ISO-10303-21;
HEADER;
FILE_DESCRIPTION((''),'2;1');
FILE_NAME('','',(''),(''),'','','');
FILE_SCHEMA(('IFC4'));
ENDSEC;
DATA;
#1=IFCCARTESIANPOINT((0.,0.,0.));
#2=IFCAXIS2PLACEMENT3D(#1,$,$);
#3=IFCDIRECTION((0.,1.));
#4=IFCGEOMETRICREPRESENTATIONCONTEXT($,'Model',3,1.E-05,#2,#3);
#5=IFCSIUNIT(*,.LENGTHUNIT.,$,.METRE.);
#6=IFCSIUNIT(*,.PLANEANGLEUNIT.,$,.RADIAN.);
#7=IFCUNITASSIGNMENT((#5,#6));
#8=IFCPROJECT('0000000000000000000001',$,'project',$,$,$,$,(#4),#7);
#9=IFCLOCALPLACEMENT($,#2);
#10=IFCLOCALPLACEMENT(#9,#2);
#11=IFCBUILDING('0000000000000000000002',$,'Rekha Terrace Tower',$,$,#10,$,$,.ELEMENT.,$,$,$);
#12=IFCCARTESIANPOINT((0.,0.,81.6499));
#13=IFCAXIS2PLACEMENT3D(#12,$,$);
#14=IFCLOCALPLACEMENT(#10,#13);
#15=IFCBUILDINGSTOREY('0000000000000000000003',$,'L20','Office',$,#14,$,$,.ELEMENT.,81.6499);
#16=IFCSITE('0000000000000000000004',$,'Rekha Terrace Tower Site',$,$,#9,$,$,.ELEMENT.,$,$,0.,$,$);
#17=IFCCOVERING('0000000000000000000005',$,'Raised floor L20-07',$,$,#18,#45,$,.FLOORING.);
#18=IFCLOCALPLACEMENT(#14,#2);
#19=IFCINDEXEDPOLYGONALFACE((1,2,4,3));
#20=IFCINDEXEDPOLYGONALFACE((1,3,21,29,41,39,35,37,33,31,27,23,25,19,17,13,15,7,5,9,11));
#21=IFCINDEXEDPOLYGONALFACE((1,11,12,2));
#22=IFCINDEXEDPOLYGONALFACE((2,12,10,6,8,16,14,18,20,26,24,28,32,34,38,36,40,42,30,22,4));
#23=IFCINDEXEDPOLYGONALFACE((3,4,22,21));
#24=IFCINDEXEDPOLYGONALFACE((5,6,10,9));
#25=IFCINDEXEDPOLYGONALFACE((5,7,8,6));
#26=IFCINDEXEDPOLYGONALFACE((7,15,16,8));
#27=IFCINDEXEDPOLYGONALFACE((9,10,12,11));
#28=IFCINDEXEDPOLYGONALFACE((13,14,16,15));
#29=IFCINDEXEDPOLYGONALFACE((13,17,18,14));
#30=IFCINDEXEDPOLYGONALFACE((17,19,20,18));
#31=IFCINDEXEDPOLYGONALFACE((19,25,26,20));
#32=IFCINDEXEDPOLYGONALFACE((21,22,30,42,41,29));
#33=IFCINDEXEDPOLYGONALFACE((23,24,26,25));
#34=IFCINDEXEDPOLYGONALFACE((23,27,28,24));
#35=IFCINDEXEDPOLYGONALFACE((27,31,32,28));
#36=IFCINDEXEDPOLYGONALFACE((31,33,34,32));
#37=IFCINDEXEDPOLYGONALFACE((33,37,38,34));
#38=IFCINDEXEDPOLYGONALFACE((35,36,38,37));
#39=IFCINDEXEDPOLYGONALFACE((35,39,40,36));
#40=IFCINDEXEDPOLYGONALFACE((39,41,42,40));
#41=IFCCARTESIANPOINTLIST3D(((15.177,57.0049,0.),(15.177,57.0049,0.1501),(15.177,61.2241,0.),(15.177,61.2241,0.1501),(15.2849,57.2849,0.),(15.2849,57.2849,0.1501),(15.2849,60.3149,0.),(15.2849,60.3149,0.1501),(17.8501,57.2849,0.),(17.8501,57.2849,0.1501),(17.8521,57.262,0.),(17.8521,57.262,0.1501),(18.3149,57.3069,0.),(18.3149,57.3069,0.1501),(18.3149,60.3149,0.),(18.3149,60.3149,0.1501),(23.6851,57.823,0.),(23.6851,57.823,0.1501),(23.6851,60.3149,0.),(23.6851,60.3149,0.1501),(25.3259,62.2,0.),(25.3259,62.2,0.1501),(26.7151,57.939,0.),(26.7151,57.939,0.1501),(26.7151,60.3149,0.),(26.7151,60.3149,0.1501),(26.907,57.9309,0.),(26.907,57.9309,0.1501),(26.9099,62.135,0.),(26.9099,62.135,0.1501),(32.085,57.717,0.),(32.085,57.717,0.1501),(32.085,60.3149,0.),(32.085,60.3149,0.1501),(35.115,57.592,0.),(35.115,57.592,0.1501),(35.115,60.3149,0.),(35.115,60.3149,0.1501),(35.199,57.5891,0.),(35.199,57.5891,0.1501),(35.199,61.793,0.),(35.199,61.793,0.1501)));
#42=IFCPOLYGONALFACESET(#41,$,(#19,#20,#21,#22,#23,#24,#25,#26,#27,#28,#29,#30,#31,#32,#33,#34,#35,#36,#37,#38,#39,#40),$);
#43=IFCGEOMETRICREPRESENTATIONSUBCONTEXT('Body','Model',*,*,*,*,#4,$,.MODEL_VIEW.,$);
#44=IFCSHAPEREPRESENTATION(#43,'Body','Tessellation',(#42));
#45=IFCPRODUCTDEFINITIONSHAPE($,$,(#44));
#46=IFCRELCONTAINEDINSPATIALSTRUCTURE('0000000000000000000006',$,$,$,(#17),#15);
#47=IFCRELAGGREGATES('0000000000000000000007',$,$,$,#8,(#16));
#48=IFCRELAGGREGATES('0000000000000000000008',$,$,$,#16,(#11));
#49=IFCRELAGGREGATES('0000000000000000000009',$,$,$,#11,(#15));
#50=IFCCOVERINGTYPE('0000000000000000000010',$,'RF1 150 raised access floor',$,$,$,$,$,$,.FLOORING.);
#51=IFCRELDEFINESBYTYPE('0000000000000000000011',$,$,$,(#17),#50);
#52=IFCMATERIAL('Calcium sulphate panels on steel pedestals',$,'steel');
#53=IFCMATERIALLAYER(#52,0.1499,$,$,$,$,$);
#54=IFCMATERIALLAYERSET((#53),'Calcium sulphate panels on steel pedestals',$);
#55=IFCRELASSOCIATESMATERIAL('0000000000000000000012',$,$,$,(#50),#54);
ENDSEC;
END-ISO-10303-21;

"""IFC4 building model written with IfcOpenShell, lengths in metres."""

from ifc_helpers import new_model, si_unit, direction, frame, origin, place, context, subcontext, project, spatial, polyline, outline, extrude, material, layer, layer_set, type_object, element, save


model = new_model("IFC4")

# Units and contexts
model_context = context("Model", 3, precision=1e-05, world=origin(), true_north=direction((0.0, 1.0)))
body_context = subcontext(model_context, "Body", "Model", "MODEL_VIEW")
ifc_project = project(units=[si_unit("LENGTHUNIT", "METRE"), si_unit("PLANEANGLEUNIT", "RADIAN")], contexts=[model_context])

# Site, building, storey
site_placement = place(None, origin())
site = spatial("IfcSite", under=ifc_project, at=site_placement, Name="Rekha Terrace Tower Site", CompositionType="ELEMENT", RefElevation=0.0)
building_placement = place(site_placement, origin())
building = spatial("IfcBuilding", under=site, at=building_placement, Name="Rekha Terrace Tower", CompositionType="ELEMENT")
storey_placement = place(building_placement, frame((0.0, 0.0, 81.6499)))
storey = spatial("IfcBuildingStorey", under=building, at=storey_placement, Name="L20", Description="Office", CompositionType="ELEMENT", Elevation=81.6499)

# Covering
ifc_material_1 = material(Name="Calcium sulphate panels on steel pedestals", Category="steel")
ifc_layer_1 = layer(ifc_material_1, 0.1499)
ifc_layer_set_1 = layer_set([ifc_layer_1], Name="Calcium sulphate panels on steel pedestals")
covering_type_1 = type_object("IfcCoveringType", Name="RF1 150 raised access floor", PredefinedType="FLOORING", material=ifc_layer_set_1)
covering_1_placement = place(storey_placement, origin())
element("IfcCovering", 1, at=covering_1_placement, inside=storey, type_object=covering_type_1, Name="Raised floor L20-07", PredefinedType="FLOORING", context=body_context, shape_type="SweptSolid", body=[
    extrude(outline(polyline([(25.3259, 62.2), (15.177, 61.2241), (15.177, 57.0049), (17.8521, 57.262), (17.8501, 57.2849), (15.2849, 57.2849), (15.2849, 60.3149), (18.3149, 60.3149), (18.3149, 57.3069), (23.6851, 57.823), (23.6851, 60.3149), (26.7151, 60.3149), (26.7151, 57.939), (26.907, 57.9309), (32.085, 57.717), (32.085, 60.3149), (35.115, 60.3149), (35.115, 57.592), (35.199, 57.5891), (35.199, 61.793), (26.9099, 62.135), (25.3259, 62.2)])), origin(), (0.0, 0.0, 1.0), 0.1501),
])

save(model, "model.ifc")
